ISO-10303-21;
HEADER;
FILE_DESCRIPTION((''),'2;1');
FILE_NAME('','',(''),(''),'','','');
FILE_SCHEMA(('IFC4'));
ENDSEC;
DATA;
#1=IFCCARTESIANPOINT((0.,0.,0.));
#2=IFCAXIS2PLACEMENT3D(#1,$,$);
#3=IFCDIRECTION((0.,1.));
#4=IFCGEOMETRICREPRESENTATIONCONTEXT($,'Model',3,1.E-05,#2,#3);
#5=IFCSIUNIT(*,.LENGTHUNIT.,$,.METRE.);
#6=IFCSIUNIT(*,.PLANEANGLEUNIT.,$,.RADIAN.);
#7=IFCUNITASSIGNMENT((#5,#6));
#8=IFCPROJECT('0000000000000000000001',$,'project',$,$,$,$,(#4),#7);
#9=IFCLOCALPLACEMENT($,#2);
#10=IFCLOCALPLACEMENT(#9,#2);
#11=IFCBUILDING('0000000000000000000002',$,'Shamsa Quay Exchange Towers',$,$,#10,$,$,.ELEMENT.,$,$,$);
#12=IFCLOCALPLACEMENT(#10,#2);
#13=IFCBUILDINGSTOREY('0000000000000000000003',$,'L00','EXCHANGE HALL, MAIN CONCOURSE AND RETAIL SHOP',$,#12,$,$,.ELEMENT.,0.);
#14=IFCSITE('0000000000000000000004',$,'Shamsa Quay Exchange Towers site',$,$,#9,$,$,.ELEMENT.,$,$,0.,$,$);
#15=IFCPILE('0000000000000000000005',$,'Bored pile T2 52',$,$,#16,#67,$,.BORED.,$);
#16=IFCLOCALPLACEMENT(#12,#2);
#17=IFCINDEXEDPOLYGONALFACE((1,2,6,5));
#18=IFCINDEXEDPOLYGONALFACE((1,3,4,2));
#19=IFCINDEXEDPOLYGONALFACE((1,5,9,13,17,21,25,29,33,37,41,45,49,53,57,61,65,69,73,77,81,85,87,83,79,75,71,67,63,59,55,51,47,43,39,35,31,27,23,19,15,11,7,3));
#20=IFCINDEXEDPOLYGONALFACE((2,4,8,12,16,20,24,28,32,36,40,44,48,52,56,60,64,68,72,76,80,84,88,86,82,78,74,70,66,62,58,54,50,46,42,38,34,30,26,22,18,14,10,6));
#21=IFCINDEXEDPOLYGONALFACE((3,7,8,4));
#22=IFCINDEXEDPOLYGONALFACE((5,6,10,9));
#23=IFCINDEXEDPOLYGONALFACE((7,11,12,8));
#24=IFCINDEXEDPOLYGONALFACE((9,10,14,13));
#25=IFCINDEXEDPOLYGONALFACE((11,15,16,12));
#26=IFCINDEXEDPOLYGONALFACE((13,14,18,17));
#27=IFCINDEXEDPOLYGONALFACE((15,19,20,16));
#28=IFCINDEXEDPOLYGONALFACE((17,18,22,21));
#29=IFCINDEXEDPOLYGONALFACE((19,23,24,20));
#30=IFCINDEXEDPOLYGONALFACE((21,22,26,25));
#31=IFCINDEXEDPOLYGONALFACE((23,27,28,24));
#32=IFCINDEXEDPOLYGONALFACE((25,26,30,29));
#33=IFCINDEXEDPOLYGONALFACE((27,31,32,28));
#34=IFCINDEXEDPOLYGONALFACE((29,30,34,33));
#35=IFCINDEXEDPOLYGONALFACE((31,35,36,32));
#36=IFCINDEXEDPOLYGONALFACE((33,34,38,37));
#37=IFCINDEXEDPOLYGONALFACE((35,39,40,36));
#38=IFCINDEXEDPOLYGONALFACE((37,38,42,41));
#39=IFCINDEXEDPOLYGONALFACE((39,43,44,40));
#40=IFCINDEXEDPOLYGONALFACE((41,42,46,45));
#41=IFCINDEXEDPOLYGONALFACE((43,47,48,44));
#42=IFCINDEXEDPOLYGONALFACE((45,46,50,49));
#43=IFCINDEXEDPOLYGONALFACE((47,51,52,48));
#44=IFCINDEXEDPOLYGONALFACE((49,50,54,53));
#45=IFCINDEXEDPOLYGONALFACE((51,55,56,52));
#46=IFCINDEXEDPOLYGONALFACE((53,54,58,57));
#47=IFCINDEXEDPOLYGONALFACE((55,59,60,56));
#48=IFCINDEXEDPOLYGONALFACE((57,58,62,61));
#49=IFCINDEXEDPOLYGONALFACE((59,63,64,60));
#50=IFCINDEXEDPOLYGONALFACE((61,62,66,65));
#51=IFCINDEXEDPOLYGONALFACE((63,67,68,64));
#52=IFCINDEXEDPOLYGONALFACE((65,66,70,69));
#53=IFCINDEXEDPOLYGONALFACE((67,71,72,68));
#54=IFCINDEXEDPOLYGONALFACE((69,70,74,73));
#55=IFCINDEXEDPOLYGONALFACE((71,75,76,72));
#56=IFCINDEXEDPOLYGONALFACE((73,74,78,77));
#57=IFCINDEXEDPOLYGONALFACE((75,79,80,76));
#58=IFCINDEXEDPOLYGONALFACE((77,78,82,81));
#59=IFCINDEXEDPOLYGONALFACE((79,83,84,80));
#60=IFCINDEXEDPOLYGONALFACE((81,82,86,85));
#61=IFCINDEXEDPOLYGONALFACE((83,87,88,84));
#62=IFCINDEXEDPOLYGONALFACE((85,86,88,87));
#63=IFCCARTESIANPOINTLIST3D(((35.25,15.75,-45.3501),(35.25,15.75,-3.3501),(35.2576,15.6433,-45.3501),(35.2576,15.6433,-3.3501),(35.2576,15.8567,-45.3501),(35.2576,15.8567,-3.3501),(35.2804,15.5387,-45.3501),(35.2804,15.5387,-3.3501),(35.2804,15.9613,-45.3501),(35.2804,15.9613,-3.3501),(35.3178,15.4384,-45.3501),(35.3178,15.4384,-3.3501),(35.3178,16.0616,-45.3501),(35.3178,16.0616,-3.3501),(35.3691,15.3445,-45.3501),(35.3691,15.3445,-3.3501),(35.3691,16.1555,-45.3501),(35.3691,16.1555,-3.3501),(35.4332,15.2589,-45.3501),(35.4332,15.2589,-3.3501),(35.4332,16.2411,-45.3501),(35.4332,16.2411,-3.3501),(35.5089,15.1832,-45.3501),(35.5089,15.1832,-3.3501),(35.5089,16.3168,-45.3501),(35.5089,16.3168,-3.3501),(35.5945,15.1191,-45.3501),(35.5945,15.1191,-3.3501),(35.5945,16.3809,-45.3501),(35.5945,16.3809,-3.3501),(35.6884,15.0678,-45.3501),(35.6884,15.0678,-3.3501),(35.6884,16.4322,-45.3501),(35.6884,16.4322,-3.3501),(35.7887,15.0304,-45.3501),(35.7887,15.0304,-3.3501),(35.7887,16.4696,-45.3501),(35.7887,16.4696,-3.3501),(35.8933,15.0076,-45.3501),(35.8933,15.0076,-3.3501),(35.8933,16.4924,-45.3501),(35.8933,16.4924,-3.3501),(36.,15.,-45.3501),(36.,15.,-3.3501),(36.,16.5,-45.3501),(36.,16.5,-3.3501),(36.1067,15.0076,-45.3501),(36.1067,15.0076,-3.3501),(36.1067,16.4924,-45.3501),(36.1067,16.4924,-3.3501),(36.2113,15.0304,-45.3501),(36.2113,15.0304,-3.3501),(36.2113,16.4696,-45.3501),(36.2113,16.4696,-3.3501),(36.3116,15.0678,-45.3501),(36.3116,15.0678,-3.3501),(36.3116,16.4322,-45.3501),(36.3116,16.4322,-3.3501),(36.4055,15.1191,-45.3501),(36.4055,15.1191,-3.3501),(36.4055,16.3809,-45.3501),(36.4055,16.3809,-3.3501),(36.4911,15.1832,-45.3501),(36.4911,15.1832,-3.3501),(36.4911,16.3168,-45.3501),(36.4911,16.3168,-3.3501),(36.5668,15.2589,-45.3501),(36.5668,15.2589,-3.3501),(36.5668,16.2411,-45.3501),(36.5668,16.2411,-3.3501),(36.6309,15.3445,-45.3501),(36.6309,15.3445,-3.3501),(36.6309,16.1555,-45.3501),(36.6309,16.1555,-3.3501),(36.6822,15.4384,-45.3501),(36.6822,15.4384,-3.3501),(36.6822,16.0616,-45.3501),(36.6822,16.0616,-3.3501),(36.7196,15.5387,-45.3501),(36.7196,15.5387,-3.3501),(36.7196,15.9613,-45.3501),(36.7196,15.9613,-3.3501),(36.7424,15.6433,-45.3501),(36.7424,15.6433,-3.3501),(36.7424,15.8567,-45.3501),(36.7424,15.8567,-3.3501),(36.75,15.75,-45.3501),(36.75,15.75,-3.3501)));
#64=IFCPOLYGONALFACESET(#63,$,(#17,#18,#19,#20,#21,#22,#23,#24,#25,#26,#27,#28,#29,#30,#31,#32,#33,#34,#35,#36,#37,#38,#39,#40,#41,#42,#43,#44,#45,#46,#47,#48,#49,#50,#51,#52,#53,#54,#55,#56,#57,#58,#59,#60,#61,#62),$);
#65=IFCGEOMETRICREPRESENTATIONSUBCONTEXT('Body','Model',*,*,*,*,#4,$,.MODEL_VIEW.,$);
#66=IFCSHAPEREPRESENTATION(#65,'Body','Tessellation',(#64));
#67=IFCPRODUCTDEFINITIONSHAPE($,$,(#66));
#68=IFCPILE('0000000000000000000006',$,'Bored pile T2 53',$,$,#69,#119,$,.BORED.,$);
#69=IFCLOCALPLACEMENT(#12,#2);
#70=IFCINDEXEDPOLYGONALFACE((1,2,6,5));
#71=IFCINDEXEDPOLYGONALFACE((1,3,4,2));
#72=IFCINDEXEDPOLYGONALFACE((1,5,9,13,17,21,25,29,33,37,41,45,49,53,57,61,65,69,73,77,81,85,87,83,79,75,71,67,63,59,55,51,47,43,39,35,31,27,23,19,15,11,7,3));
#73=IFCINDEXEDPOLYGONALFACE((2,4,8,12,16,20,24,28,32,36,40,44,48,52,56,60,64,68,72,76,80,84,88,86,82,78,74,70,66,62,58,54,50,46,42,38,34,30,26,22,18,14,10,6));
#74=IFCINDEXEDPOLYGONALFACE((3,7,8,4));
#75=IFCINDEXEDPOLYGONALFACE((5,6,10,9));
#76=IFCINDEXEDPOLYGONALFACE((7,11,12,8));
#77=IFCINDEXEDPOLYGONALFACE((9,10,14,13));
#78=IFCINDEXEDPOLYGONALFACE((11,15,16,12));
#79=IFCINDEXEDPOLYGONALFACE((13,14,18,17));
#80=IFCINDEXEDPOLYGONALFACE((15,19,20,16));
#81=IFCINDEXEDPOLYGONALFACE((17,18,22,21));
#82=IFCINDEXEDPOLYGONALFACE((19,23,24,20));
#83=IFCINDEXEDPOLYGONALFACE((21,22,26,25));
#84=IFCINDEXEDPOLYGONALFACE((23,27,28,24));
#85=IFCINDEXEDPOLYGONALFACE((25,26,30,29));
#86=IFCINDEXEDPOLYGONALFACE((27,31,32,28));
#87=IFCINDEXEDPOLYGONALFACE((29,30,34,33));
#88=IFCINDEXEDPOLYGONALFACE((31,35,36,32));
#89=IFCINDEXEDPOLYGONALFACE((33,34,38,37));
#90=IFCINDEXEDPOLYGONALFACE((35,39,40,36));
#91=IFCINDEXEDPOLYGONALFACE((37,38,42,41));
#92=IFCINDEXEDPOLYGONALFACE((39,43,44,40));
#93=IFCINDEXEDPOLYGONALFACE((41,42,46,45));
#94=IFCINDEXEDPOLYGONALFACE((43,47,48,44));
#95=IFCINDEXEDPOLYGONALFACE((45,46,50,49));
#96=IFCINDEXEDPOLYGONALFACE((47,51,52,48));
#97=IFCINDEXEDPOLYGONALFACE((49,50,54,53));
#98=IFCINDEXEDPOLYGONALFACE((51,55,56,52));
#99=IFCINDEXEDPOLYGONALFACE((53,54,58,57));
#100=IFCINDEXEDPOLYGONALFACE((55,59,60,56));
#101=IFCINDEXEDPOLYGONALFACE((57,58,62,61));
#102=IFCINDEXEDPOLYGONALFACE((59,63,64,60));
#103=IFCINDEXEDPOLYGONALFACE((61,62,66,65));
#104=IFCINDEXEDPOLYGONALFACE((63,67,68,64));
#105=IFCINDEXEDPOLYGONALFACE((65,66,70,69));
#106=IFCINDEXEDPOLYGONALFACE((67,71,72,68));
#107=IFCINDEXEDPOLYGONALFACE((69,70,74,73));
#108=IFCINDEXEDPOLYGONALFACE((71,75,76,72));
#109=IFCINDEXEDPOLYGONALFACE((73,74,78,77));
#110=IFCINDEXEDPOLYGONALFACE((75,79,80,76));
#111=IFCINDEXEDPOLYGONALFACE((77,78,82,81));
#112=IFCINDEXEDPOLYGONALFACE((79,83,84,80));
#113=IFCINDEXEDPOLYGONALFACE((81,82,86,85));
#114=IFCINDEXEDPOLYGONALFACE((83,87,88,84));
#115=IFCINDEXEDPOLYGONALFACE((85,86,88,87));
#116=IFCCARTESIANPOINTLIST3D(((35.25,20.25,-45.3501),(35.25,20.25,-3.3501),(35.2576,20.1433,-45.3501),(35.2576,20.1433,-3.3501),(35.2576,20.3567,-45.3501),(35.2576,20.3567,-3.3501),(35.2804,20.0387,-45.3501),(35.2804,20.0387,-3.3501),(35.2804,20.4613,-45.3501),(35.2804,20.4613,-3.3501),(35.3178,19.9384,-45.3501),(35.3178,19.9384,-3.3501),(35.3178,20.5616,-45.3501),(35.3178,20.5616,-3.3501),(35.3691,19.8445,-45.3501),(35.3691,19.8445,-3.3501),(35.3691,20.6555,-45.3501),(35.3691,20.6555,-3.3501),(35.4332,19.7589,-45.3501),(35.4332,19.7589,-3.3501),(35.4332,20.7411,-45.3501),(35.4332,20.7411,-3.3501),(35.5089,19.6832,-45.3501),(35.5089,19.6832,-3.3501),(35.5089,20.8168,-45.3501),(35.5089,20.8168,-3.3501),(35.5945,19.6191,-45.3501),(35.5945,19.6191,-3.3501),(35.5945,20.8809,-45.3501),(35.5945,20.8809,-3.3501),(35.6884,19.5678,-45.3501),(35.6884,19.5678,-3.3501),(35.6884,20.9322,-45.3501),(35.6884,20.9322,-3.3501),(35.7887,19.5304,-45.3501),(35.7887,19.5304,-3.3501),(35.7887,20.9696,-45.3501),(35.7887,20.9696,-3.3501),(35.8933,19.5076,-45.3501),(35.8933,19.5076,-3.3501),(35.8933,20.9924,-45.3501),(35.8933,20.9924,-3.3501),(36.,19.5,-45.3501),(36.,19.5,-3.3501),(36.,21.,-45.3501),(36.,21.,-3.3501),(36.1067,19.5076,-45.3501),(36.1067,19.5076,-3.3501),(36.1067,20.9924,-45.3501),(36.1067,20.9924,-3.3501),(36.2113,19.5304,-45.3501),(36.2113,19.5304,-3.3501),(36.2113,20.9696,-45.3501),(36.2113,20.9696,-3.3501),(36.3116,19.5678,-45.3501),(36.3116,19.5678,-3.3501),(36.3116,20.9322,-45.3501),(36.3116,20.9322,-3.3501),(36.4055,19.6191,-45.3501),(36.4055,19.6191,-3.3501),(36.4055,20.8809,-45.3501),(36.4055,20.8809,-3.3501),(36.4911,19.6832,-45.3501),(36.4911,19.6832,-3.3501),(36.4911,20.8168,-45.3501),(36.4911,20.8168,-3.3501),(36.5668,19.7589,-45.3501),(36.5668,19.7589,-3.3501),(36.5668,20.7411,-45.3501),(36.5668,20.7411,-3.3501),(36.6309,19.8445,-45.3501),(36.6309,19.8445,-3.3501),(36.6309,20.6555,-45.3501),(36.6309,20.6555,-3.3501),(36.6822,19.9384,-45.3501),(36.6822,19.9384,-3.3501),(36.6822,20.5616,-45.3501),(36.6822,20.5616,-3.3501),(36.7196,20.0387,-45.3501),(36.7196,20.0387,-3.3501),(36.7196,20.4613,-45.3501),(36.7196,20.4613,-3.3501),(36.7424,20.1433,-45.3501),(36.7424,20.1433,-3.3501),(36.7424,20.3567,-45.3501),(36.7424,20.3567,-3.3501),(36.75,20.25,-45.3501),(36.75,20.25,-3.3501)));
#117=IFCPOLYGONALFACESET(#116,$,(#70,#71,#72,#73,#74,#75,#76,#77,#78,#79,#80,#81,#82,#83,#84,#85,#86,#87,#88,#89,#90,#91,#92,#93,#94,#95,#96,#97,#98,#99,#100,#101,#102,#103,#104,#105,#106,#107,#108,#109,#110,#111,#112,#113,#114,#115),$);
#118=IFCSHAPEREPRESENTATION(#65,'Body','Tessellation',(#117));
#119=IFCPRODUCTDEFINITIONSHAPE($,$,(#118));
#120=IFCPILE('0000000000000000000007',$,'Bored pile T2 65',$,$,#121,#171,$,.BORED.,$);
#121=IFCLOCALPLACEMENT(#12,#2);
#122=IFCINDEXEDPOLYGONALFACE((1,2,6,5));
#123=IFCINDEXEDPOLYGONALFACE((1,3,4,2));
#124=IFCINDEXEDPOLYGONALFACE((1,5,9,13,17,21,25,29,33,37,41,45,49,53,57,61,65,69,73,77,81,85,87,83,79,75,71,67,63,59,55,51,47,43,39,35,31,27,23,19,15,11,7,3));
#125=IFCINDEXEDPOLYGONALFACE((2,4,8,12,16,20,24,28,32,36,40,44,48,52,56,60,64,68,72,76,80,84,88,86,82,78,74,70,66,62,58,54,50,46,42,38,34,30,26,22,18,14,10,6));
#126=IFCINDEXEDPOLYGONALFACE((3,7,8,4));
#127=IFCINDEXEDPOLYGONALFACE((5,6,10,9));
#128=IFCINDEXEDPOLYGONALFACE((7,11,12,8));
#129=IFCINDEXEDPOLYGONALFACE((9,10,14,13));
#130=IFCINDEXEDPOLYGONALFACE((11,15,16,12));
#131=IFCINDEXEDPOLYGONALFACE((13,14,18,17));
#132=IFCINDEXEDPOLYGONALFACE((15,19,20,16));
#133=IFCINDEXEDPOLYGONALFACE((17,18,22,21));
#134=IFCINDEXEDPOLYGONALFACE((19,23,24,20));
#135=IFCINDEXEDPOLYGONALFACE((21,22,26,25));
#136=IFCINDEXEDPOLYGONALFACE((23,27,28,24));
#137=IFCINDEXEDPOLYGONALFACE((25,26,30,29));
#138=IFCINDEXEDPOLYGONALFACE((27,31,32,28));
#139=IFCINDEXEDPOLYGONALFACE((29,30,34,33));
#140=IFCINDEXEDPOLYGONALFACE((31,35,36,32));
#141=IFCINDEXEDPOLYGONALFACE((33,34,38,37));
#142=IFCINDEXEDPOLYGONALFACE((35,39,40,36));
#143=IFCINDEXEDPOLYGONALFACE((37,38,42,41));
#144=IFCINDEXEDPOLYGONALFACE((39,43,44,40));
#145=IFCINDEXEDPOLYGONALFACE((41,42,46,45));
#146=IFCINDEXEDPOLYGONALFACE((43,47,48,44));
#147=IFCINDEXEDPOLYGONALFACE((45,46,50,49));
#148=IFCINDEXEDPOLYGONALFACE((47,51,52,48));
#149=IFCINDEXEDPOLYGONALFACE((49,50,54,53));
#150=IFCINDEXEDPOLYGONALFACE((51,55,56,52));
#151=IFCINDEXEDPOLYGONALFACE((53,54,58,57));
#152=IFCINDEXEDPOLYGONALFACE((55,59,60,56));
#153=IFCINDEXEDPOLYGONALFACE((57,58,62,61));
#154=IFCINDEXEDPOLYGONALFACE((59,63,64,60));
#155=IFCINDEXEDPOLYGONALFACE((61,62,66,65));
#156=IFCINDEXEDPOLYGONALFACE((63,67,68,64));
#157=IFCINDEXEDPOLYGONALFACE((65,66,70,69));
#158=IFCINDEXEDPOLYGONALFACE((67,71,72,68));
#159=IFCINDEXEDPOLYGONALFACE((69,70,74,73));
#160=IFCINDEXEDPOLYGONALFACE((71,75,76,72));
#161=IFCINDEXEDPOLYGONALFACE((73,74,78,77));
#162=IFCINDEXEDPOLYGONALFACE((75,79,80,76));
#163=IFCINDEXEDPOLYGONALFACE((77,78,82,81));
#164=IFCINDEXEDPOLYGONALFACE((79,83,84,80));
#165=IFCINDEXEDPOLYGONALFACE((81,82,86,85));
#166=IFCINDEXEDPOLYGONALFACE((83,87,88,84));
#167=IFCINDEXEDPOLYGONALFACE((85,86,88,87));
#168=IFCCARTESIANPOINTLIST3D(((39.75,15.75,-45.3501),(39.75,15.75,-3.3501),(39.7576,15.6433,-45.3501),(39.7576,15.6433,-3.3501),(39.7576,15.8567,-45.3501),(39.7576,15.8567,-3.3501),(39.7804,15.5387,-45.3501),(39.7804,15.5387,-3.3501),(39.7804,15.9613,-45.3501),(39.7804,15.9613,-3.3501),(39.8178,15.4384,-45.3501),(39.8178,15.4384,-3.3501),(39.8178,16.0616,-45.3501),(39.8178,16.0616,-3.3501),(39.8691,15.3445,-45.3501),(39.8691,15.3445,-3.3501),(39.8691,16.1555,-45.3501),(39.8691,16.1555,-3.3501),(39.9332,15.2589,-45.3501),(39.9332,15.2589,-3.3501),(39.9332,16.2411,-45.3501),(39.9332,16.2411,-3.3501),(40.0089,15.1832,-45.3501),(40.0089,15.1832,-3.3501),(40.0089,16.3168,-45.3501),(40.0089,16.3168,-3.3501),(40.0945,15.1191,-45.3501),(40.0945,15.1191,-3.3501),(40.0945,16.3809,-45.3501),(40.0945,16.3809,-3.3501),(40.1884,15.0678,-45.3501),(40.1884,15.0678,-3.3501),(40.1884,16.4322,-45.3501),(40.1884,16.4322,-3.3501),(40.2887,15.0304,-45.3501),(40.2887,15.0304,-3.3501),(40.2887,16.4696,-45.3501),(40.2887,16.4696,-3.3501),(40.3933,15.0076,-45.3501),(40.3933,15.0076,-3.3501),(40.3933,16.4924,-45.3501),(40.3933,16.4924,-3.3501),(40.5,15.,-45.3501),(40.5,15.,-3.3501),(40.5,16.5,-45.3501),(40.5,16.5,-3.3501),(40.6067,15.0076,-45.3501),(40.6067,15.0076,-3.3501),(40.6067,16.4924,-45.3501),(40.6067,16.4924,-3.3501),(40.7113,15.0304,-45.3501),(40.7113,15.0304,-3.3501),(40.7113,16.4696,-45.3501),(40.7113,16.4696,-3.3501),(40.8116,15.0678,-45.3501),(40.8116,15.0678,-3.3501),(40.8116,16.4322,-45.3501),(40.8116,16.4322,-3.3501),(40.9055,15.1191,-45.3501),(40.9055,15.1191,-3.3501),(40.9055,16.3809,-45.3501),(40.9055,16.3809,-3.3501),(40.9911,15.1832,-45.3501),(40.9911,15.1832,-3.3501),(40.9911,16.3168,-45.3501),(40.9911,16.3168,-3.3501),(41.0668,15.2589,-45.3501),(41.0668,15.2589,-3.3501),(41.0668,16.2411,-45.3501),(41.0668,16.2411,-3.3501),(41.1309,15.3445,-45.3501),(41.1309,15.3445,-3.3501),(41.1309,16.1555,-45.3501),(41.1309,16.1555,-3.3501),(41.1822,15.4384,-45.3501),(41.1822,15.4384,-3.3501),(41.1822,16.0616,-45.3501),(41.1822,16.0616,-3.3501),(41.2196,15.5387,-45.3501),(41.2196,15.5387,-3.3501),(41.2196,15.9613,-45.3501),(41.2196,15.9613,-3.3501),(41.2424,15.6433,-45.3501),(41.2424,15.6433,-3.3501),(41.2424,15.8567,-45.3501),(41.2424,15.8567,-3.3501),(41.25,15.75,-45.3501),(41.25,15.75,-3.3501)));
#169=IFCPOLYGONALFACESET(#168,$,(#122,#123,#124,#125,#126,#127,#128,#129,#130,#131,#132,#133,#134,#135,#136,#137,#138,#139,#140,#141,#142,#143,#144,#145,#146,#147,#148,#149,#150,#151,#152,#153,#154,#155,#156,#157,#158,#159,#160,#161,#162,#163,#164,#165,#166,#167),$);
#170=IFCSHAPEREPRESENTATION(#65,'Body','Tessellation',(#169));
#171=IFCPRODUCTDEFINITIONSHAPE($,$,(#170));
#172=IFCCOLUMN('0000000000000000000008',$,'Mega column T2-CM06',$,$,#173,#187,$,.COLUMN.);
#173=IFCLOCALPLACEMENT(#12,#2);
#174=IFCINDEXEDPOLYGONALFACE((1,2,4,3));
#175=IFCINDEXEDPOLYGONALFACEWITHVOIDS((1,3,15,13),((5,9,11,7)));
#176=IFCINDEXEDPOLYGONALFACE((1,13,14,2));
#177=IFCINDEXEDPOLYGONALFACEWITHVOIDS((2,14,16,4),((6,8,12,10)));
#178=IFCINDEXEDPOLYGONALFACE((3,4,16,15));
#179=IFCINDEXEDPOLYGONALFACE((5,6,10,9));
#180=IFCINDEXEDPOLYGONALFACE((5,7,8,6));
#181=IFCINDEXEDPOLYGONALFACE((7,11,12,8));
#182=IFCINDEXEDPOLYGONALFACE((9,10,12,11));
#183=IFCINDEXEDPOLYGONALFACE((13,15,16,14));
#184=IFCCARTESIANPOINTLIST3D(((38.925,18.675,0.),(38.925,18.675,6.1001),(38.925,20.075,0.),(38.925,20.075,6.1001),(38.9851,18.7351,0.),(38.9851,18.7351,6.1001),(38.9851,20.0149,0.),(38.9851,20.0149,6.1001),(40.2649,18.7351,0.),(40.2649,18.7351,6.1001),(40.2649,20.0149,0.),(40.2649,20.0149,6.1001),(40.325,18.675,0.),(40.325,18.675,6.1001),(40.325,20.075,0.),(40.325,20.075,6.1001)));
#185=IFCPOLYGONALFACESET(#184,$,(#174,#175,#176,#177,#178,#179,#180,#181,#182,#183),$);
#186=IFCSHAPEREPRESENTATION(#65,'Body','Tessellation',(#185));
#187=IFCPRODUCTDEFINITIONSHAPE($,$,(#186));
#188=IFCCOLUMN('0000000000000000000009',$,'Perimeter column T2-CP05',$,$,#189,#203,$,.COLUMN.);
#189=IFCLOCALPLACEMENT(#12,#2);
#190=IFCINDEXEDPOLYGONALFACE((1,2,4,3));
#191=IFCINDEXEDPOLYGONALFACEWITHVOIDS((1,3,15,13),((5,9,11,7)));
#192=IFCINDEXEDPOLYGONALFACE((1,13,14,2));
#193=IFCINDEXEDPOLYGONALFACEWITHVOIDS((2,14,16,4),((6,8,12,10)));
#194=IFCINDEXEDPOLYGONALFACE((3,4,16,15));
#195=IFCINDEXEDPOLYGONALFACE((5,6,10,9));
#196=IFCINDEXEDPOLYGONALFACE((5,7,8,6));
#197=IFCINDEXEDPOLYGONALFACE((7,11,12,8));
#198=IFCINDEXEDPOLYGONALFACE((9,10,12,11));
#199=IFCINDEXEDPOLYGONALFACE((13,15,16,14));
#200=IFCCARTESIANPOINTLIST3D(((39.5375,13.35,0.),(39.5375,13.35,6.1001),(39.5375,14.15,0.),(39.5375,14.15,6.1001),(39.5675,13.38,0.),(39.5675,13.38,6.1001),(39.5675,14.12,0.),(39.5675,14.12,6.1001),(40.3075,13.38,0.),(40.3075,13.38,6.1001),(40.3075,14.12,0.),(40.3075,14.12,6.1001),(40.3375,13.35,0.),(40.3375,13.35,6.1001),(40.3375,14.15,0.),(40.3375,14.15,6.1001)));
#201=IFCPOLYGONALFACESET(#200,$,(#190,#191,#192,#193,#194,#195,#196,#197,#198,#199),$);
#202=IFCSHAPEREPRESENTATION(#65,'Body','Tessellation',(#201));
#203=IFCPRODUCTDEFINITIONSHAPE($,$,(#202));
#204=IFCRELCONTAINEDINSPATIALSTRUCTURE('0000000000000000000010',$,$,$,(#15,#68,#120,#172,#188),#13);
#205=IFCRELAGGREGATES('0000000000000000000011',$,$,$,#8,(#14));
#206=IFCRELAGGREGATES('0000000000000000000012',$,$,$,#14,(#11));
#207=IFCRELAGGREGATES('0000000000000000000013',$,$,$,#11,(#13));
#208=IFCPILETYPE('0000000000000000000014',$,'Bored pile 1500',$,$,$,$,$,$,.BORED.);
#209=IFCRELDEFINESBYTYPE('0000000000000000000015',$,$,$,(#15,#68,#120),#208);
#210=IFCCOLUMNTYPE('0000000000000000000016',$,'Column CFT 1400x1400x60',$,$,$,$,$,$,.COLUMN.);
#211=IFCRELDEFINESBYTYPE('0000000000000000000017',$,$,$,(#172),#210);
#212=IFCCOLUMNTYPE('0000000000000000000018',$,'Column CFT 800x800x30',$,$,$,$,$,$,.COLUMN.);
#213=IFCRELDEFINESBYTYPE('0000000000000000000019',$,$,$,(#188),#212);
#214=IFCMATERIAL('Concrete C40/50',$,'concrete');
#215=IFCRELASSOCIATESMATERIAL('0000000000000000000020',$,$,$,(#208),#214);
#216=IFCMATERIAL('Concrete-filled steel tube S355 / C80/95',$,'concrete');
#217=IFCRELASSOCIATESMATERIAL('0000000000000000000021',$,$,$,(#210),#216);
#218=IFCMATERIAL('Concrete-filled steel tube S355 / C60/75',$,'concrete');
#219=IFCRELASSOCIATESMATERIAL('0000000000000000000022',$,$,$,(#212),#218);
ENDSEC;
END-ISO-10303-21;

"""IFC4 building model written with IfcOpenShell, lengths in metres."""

from ifc_helpers import new_model, si_unit, direction, frame, origin, origin_2d, place, context, subcontext, project, spatial, hollow_rectangle, circle, extrude, material, material_profile, profile_set, type_object, element, save


model = new_model("IFC4")

# Units and contexts
model_context = context("Model", 3, precision=1e-05, world=origin(), true_north=direction((0.0, 1.0)))
body_context = subcontext(model_context, "Body", "Model", "MODEL_VIEW")
ifc_project = project(units=[si_unit("LENGTHUNIT", "METRE"), si_unit("PLANEANGLEUNIT", "RADIAN")], contexts=[model_context])

# Site, building, storey
site_placement = place(None, origin())
site = spatial("IfcSite", under=ifc_project, at=site_placement, Name="Shamsa Quay Exchange Towers site", CompositionType="ELEMENT", RefElevation=0.0)
building_placement = place(site_placement, origin())
building = spatial("IfcBuilding", under=site, at=building_placement, Name="Shamsa Quay Exchange Towers", CompositionType="ELEMENT")
storey_placement = place(building_placement, origin())
storey = spatial("IfcBuildingStorey", under=building, at=storey_placement, Name="L00", Description="EXCHANGE HALL, MAIN CONCOURSE AND RETAIL SHOP", CompositionType="ELEMENT", Elevation=0.0)

# Piles
ifc_material_1 = material(Name="Concrete C40/50", Category="concrete")
ifc_material_profile_1 = material_profile(ifc_material_1, circle(Radius=0.75, at=origin_2d()), Name="BP1500")
ifc_profile_set_1 = profile_set([ifc_material_profile_1], Name="Concrete C40/50")
pile_type_1 = type_object("IfcPileType", Name="Bored pile 1500", PredefinedType="BORED", material=ifc_profile_set_1)
for number, where, z_axis, x_axis, name in (
    (1, (36.0, 15.75, -3.3501), (0.0, 0.0, -1.0), (1.0, 0.0, 0.0), "Bored pile T2 52"),
    (2, (36.0, 20.25, -3.3501), (0.0, 0.0, -1.0), (1.0, 0.0, 0.0), "Bored pile T2 53"),
    (3, (40.5, 15.75, -3.3501), (0.0, 0.0, -1.0), (1.0, 0.0, 0.0), "Bored pile T2 65"),
):
    element("IfcPile", number, at=place(storey_placement, frame(where, z_axis=z_axis, x_axis=x_axis)), inside=storey, type_object=pile_type_1, Name=name, PredefinedType="BORED", context=body_context, shape_type="SweptSolid", body=[
        extrude(circle(Radius=0.75, at=origin_2d()), origin(), (0.0, 0.0, 1.0), 42.0),
    ])

# Columns
ifc_material_2 = material(Name="Concrete-filled steel tube S355 / C80/95", Category="concrete")
ifc_material_profile_2 = material_profile(ifc_material_2, hollow_rectangle(XDim=1.3999, YDim=1.3999, WallThickness=0.0601, at=origin_2d()), Name="CFT 1400x1400x60")
ifc_profile_set_2 = profile_set([ifc_material_profile_2], Name="Concrete-filled steel tube S355 / C80/95")
column_type_1 = type_object("IfcColumnType", Name="Column CFT 1400x1400x60", PredefinedType="COLUMN", material=ifc_profile_set_2)
column_placement = place(storey_placement, frame((39.625, 19.375, 0.0)))
element("IfcColumn", 4, at=column_placement, inside=storey, type_object=column_type_1, Name="Mega column T2-CM06", PredefinedType="COLUMN", context=body_context, shape_type="SweptSolid", body=[
    extrude(hollow_rectangle(XDim=1.3999, YDim=1.3999, WallThickness=0.0601, at=origin_2d()), origin(), (0.0, 0.0, 1.0), 6.1001),
])
ifc_material_3 = material(Name="Concrete-filled steel tube S355 / C60/75", Category="concrete")
ifc_material_profile_3 = material_profile(ifc_material_3, hollow_rectangle(XDim=0.8, YDim=0.8, WallThickness=0.03, at=origin_2d()), Name="CFT 800x800x30")
ifc_profile_set_3 = profile_set([ifc_material_profile_3], Name="Concrete-filled steel tube S355 / C60/75")
column_type_2 = type_object("IfcColumnType", Name="Column CFT 800x800x30", PredefinedType="COLUMN", material=ifc_profile_set_3)
for number, where, name in (
    (5, (39.9375, 13.75, 0.0), "Perimeter column T2-CP05"),
):
    element("IfcColumn", number, at=place(storey_placement, frame(where)), inside=storey, type_object=column_type_2, Name=name, PredefinedType="COLUMN", context=body_context, shape_type="SweptSolid", body=[
        extrude(hollow_rectangle(XDim=0.8, YDim=0.8, WallThickness=0.03, at=origin_2d()), origin(), (0.0, 0.0, 1.0), 6.1001),
    ])

save(model, "model.ifc")
